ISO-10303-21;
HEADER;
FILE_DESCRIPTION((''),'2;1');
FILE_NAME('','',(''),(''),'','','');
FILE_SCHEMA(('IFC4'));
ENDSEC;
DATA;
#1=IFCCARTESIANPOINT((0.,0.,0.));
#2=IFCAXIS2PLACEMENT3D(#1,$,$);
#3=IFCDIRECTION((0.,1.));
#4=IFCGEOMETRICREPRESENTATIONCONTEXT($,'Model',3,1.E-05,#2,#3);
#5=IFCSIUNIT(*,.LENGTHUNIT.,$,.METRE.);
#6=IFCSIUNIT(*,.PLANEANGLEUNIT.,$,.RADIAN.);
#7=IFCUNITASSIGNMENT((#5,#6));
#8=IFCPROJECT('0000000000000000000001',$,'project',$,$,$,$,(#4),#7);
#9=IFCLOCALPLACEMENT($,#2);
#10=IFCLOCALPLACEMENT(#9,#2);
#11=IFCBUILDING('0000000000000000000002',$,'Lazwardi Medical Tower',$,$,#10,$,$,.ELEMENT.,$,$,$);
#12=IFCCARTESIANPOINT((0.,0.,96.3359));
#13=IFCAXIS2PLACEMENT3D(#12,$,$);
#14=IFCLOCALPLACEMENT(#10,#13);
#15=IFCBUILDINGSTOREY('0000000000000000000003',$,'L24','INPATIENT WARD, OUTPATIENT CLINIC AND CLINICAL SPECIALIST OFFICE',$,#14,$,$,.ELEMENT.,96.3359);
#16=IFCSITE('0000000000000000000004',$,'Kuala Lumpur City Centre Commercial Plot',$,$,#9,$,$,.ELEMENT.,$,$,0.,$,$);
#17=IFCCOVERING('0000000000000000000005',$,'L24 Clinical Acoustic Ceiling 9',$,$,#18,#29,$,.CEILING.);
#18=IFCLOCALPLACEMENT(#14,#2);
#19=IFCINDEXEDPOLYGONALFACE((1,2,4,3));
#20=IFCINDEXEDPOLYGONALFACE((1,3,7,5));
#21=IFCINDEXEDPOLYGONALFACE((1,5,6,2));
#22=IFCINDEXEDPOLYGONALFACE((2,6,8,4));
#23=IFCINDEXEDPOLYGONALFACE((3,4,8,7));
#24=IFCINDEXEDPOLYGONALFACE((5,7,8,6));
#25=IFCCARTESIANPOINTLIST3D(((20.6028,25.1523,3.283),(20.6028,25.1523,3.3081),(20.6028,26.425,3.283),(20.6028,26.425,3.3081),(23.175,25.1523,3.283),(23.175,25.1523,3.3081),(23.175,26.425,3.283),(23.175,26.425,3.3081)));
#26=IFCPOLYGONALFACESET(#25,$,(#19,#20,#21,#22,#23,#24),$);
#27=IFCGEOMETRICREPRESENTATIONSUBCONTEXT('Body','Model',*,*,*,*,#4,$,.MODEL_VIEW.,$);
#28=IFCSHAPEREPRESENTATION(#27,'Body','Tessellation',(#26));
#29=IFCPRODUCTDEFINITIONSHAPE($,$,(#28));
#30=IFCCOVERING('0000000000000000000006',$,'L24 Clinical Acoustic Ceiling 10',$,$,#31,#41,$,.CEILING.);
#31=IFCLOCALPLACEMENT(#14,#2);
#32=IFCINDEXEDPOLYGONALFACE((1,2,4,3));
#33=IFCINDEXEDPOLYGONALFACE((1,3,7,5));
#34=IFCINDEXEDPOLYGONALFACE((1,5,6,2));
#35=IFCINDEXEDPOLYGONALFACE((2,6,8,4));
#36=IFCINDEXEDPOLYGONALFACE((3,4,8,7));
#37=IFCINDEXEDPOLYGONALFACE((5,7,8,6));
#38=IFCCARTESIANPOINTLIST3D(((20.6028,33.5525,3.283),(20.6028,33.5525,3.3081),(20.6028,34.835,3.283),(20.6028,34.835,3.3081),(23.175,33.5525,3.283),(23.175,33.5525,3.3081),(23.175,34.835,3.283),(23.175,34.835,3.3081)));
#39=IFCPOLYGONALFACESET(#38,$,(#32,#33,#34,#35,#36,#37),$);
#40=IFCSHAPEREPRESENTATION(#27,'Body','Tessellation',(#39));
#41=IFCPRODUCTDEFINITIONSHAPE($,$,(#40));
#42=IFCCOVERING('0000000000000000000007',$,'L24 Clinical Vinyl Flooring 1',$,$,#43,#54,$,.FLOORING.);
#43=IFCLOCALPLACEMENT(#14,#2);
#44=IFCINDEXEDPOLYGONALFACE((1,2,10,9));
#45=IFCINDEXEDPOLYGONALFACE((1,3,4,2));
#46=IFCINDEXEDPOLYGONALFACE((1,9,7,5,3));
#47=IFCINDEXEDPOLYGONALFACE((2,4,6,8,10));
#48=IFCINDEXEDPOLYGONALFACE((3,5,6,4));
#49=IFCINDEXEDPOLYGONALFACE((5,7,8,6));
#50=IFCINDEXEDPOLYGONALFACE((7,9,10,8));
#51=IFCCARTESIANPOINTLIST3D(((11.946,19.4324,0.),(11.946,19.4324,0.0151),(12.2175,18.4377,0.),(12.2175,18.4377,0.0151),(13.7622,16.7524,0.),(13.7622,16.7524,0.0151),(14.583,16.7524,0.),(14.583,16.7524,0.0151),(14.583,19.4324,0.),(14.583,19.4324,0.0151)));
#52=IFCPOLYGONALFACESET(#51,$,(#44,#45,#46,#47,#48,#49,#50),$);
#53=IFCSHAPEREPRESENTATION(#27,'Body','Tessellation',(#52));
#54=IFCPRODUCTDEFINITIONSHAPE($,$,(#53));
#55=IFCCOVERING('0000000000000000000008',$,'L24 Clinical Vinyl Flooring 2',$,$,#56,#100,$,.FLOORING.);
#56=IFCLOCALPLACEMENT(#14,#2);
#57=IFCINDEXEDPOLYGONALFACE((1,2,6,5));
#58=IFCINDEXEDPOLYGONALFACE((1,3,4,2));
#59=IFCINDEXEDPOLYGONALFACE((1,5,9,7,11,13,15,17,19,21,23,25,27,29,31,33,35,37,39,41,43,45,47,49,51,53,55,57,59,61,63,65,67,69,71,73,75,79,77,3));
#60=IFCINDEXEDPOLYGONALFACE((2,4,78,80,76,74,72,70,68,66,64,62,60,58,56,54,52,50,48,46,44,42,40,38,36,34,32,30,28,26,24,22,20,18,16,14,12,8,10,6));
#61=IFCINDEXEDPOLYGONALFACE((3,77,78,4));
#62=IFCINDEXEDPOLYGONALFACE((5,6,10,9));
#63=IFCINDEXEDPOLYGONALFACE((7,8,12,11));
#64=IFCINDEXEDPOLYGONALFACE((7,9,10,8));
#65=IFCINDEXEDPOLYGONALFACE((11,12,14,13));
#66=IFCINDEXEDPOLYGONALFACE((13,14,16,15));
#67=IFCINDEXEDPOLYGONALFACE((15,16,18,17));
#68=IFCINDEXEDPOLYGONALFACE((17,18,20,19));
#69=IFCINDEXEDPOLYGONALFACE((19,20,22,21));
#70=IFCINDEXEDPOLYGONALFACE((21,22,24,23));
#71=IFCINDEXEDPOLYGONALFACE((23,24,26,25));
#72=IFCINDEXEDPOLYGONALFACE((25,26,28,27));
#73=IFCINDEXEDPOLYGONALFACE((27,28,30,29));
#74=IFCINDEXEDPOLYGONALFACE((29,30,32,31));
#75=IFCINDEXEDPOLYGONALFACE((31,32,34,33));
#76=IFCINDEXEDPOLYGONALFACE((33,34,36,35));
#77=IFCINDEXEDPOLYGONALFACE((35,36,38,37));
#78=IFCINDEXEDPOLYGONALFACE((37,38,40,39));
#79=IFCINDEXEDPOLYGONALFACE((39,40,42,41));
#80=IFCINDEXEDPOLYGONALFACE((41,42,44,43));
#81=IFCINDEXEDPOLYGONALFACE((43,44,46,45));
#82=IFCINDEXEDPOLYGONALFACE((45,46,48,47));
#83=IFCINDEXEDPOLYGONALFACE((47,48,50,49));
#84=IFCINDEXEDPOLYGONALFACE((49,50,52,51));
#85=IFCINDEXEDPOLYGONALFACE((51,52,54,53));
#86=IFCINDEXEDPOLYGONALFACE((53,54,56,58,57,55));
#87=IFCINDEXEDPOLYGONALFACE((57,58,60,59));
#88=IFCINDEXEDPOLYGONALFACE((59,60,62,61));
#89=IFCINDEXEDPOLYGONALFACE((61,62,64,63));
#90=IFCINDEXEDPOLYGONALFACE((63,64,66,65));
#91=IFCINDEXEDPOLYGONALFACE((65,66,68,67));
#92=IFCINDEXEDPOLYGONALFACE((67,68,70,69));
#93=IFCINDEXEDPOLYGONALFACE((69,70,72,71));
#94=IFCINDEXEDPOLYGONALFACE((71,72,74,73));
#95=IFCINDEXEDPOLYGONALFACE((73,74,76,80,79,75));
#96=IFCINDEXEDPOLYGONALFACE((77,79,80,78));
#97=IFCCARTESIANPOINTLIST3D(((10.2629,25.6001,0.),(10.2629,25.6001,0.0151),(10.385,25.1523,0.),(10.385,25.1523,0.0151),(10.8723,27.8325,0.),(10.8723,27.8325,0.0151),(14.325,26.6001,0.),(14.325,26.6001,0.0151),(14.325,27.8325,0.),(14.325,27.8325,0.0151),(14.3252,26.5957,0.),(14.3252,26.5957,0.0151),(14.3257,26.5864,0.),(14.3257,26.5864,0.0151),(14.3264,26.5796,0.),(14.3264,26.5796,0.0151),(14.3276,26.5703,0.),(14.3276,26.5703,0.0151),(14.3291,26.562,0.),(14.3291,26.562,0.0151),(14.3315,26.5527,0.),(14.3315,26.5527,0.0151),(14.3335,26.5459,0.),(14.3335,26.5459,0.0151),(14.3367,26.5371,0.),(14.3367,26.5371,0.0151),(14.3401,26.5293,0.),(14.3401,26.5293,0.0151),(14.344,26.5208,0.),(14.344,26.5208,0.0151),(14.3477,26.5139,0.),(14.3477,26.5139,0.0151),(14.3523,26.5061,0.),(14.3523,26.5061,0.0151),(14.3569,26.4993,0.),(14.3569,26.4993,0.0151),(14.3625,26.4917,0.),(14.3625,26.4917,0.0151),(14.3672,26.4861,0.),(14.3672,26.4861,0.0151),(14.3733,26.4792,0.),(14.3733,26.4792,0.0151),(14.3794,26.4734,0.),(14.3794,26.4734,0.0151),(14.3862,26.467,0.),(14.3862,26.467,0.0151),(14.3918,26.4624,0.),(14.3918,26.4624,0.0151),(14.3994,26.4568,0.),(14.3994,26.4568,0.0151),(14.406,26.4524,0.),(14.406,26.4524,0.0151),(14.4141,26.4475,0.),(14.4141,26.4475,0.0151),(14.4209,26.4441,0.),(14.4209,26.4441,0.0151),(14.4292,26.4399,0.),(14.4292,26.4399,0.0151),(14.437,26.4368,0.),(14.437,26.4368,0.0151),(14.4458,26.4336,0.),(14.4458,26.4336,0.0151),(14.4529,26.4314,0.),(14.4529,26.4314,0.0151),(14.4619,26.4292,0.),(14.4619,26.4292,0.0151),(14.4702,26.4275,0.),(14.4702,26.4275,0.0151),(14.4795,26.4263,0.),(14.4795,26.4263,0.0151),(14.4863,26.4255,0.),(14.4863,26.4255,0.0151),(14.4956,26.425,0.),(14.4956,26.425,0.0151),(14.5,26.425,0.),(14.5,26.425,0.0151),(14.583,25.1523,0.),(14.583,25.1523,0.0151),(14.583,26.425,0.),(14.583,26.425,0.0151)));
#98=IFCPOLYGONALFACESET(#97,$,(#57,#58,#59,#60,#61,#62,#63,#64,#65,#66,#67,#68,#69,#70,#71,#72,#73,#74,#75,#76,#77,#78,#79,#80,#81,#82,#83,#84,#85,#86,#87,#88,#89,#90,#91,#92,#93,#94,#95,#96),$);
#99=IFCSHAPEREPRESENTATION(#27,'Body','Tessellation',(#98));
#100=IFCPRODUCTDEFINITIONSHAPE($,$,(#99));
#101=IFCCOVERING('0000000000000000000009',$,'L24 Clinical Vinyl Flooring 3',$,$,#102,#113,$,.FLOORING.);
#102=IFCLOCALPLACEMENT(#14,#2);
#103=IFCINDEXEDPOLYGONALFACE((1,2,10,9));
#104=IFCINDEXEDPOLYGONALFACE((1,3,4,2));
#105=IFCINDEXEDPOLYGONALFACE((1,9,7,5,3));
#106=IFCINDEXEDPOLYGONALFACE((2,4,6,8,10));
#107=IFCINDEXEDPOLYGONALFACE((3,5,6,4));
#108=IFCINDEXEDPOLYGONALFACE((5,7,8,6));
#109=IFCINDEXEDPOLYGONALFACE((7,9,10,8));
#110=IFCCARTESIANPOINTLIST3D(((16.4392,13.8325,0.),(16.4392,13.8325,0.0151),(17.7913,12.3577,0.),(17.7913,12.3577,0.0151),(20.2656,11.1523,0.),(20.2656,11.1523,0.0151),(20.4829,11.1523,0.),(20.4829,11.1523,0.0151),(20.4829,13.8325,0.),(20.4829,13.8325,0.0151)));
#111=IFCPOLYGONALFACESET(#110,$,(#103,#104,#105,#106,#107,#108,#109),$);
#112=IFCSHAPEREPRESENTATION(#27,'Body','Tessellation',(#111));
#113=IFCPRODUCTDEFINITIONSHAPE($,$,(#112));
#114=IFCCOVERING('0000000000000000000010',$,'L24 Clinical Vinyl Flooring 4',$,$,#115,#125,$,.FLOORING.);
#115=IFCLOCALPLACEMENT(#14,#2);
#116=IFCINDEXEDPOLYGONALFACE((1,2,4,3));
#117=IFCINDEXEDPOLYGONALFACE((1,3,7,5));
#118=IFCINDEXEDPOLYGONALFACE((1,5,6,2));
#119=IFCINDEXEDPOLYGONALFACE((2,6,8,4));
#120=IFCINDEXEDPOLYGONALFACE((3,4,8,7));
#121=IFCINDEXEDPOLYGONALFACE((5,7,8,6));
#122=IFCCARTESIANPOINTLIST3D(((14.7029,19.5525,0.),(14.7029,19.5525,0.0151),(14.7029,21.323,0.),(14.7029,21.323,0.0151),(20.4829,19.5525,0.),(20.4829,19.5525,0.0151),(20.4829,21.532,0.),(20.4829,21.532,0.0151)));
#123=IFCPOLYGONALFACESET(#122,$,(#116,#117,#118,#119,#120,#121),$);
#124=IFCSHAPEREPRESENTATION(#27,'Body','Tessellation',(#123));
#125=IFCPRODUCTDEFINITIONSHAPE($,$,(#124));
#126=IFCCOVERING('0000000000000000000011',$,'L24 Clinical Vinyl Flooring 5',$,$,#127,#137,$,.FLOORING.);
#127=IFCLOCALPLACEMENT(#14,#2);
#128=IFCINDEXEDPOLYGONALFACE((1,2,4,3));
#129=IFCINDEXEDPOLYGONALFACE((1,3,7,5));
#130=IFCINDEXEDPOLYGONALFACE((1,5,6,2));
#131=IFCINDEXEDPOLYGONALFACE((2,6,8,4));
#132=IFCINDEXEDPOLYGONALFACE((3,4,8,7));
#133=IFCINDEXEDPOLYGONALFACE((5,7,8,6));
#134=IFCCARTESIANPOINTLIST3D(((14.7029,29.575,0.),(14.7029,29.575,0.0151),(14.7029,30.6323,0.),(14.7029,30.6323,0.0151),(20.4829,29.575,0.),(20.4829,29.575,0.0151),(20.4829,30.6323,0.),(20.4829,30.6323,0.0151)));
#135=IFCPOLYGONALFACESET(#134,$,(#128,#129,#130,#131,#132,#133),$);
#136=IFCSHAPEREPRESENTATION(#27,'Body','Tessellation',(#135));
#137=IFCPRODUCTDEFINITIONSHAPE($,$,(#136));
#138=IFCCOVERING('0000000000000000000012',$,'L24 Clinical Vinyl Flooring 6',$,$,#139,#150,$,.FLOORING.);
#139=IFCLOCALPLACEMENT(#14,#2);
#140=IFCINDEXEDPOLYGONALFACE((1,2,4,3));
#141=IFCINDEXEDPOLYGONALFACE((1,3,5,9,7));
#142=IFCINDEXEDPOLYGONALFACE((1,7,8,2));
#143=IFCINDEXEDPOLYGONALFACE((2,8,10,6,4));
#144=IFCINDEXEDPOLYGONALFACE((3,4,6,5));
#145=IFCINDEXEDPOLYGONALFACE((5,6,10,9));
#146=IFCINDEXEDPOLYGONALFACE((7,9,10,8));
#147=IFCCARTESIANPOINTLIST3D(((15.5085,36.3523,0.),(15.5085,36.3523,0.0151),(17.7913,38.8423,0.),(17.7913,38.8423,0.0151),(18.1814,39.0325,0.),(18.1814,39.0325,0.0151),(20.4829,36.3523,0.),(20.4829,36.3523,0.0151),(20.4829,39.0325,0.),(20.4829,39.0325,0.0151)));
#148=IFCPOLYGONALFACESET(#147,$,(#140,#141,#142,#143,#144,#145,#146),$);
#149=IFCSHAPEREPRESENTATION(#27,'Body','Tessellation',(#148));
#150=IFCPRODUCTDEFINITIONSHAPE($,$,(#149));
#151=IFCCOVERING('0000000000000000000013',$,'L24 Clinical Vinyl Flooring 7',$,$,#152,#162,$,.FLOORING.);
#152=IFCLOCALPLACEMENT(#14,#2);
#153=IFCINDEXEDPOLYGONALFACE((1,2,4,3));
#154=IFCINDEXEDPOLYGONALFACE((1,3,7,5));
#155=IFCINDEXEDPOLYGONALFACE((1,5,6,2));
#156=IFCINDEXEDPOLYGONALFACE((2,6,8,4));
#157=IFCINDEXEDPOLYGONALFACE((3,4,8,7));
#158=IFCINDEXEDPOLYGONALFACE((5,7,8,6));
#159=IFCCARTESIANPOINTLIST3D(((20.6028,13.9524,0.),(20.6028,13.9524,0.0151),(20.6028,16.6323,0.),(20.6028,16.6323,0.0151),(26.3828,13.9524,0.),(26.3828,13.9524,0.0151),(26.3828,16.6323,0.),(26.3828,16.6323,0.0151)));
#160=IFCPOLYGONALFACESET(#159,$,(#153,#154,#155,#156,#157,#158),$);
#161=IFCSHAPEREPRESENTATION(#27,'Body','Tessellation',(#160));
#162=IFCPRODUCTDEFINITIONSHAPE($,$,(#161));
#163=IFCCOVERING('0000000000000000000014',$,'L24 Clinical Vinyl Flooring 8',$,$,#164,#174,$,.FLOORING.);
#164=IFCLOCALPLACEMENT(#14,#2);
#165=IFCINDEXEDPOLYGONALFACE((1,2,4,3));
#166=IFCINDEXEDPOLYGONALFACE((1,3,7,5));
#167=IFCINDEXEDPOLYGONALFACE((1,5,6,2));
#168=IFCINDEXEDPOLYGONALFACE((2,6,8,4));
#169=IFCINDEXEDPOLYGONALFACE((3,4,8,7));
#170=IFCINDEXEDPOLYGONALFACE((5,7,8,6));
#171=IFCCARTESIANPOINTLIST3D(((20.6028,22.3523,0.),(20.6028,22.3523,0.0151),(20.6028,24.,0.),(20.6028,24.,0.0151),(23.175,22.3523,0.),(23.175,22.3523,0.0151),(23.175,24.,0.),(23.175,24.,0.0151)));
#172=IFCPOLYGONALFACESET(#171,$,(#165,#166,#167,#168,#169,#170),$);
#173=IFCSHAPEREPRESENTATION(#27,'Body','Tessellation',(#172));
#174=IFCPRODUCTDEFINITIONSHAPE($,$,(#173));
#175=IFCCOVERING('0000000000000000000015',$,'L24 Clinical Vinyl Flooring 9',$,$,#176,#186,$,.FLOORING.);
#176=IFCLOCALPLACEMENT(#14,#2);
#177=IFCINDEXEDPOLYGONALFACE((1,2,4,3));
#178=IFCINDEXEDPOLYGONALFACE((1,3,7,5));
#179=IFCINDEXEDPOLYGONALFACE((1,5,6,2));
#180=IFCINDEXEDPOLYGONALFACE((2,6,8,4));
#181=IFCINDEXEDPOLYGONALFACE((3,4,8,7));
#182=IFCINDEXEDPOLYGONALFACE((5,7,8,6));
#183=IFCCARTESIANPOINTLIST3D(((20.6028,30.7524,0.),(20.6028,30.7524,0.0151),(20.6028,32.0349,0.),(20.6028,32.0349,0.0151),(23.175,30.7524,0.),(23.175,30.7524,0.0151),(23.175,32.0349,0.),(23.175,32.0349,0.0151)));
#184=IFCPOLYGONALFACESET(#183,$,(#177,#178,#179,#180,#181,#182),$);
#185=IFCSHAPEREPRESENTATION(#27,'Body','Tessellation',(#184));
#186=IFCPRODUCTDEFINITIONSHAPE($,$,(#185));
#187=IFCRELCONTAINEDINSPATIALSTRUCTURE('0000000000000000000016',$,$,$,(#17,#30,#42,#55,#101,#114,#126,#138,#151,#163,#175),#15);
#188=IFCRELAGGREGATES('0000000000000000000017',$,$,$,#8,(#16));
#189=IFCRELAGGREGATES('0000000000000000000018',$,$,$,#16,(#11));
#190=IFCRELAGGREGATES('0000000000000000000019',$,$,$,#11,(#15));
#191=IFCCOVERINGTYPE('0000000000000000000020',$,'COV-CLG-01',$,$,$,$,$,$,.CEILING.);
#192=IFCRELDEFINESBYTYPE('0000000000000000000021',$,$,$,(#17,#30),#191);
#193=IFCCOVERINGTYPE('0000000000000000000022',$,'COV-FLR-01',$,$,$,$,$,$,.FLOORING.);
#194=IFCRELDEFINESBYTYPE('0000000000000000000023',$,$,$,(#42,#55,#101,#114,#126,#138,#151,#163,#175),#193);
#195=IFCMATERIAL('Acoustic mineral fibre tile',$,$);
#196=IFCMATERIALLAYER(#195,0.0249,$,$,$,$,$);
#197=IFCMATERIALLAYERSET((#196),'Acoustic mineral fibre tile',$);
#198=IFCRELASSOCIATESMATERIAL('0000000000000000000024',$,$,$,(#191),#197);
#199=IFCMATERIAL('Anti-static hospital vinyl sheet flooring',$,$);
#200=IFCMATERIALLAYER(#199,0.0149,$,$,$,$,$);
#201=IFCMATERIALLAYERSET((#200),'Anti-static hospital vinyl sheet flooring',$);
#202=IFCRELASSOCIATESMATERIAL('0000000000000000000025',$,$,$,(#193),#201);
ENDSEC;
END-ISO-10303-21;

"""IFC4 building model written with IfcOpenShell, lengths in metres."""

from ifc_helpers import new_model, si_unit, direction, frame, origin, place, context, subcontext, project, spatial, polyline, outline, extrude, material, layer, layer_set, type_object, element, save


model = new_model("IFC4")

# Units and contexts
model_context = context("Model", 3, precision=1e-05, world=origin(), true_north=direction((0.0, 1.0)))
body_context = subcontext(model_context, "Body", "Model", "MODEL_VIEW")
ifc_project = project(units=[si_unit("LENGTHUNIT", "METRE"), si_unit("PLANEANGLEUNIT", "RADIAN")], contexts=[model_context])

# Site, building, storey
site_placement = place(None, origin())
site = spatial("IfcSite", under=ifc_project, at=site_placement, Name="Kuala Lumpur City Centre Commercial Plot", CompositionType="ELEMENT", RefElevation=0.0)
building_placement = place(site_placement, origin())
building = spatial("IfcBuilding", under=site, at=building_placement, Name="Lazwardi Medical Tower", CompositionType="ELEMENT")
storey_placement = place(building_placement, frame((0.0, 0.0, 96.3359)))
storey = spatial("IfcBuildingStorey", under=building, at=storey_placement, Name="L24", Description="INPATIENT WARD, OUTPATIENT CLINIC AND CLINICAL SPECIALIST OFFICE", CompositionType="ELEMENT", Elevation=96.3359)

# Coverings
ifc_material_1 = material(Name="Acoustic mineral fibre tile")
ifc_layer_1 = layer(ifc_material_1, 0.0249)
ifc_layer_set_1 = layer_set([ifc_layer_1], Name="Acoustic mineral fibre tile")
covering_type_1 = type_object("IfcCoveringType", Name="COV-CLG-01", PredefinedType="CEILING", material=ifc_layer_set_1)
covering_1_placement = place(storey_placement, frame((0.0, 0.0, 3.283)))
element("IfcCovering", 1, at=covering_1_placement, inside=storey, type_object=covering_type_1, Name="L24 Clinical Acoustic Ceiling 9", PredefinedType="CEILING", context=body_context, shape_type="SweptSolid", body=[
    extrude(outline(polyline([(23.175, 25.1523), (23.175, 26.425), (20.6028, 26.425), (20.6028, 25.1523), (23.175, 25.1523)])), origin(), (0.0, 0.0, 1.0), 0.0251),
])
covering_2_placement = place(storey_placement, frame((0.0, 0.0, 3.283)))
element("IfcCovering", 2, at=covering_2_placement, inside=storey, type_object=covering_type_1, Name="L24 Clinical Acoustic Ceiling 10", PredefinedType="CEILING", context=body_context, shape_type="SweptSolid", body=[
    extrude(outline(polyline([(23.175, 33.5525), (23.175, 34.835), (20.6028, 34.835), (20.6028, 33.5525), (23.175, 33.5525)])), origin(), (0.0, 0.0, 1.0), 0.0251),
])
ifc_material_2 = material(Name="Anti-static hospital vinyl sheet flooring")
ifc_layer_2 = layer(ifc_material_2, 0.0149)
ifc_layer_set_2 = layer_set([ifc_layer_2], Name="Anti-static hospital vinyl sheet flooring")
covering_type_2 = type_object("IfcCoveringType", Name="COV-FLR-01", PredefinedType="FLOORING", material=ifc_layer_set_2)
covering_3_placement = place(storey_placement, origin())
element("IfcCovering", 3, at=covering_3_placement, inside=storey, type_object=covering_type_2, Name="L24 Clinical Vinyl Flooring 1", PredefinedType="FLOORING", context=body_context, shape_type="SweptSolid", body=[
    extrude(outline(polyline([(11.946, 19.4324), (12.2175, 18.4377), (13.7622, 16.7524), (14.583, 16.7524), (14.583, 19.4324), (11.946, 19.4324)])), origin(), (0.0, 0.0, 1.0), 0.0151),
])
covering_4_placement = place(storey_placement, origin())
element("IfcCovering", 4, at=covering_4_placement, inside=storey, type_object=covering_type_2, Name="L24 Clinical Vinyl Flooring 2", PredefinedType="FLOORING", context=body_context, shape_type="SweptSolid", body=[
    extrude(outline(polyline([(14.583, 26.425), (14.5, 26.425), (14.4956, 26.425), (14.4863, 26.4255), (14.4795, 26.4263), (14.4702, 26.4275), (14.4619, 26.4292), (14.4529, 26.4314), (14.4458, 26.4336), (14.437, 26.4368), (14.4292, 26.4399), (14.4209, 26.4441), (14.4141, 26.4475), (14.406, 26.4524), (14.3994, 26.4568), (14.3918, 26.4624), (14.3862, 26.467), (14.3794, 26.4734), (14.3733, 26.4792), (14.3672, 26.4861), (14.3625, 26.4917), (14.3569, 26.4993), (14.3523, 26.5061), (14.3477, 26.5139), (14.344, 26.5208), (14.3401, 26.5293), (14.3367, 26.5371), (14.3335, 26.5459), (14.3315, 26.5527), (14.3291, 26.562), (14.3276, 26.5703), (14.3264, 26.5796), (14.3257, 26.5864), (14.3252, 26.5957), (14.325, 26.6001), (14.325, 27.8325), (10.8723, 27.8325), (10.2629, 25.6001), (10.385, 25.1523), (14.583, 25.1523), (14.583, 26.425)])), origin(), (0.0, 0.0, 1.0), 0.0151),
])
covering_5_placement = place(storey_placement, origin())
element("IfcCovering", 5, at=covering_5_placement, inside=storey, type_object=covering_type_2, Name="L24 Clinical Vinyl Flooring 3", PredefinedType="FLOORING", context=body_context, shape_type="SweptSolid", body=[
    extrude(outline(polyline([(16.4392, 13.8325), (17.7913, 12.3577), (20.2656, 11.1523), (20.4829, 11.1523), (20.4829, 13.8325), (16.4392, 13.8325)])), origin(), (0.0, 0.0, 1.0), 0.0151),
])
covering_6_placement = place(storey_placement, origin())
element("IfcCovering", 6, at=covering_6_placement, inside=storey, type_object=covering_type_2, Name="L24 Clinical Vinyl Flooring 4", PredefinedType="FLOORING", context=body_context, shape_type="SweptSolid", body=[
    extrude(outline(polyline([(20.4829, 21.532), (14.7029, 21.323), (14.7029, 19.5525), (20.4829, 19.5525), (20.4829, 21.532)])), origin(), (0.0, 0.0, 1.0), 0.0151),
])
covering_7_placement = place(storey_placement, origin())
element("IfcCovering", 7, at=covering_7_placement, inside=storey, type_object=covering_type_2, Name="L24 Clinical Vinyl Flooring 5", PredefinedType="FLOORING", context=body_context, shape_type="SweptSolid", body=[
    extrude(outline(polyline([(14.7029, 29.575), (20.4829, 29.575), (20.4829, 30.6323), (14.7029, 30.6323), (14.7029, 29.575)])), origin(), (0.0, 0.0, 1.0), 0.0151),
])
covering_8_placement = place(storey_placement, origin())
element("IfcCovering", 8, at=covering_8_placement, inside=storey, type_object=covering_type_2, Name="L24 Clinical Vinyl Flooring 6", PredefinedType="FLOORING", context=body_context, shape_type="SweptSolid", body=[
    extrude(outline(polyline([(18.1814, 39.0325), (17.7913, 38.8423), (15.5085, 36.3523), (20.4829, 36.3523), (20.4829, 39.0325), (18.1814, 39.0325)])), origin(), (0.0, 0.0, 1.0), 0.0151),
])
covering_9_placement = place(storey_placement, origin())
element("IfcCovering", 9, at=covering_9_placement, inside=storey, type_object=covering_type_2, Name="L24 Clinical Vinyl Flooring 7", PredefinedType="FLOORING", context=body_context, shape_type="SweptSolid", body=[
    extrude(outline(polyline([(26.3828, 13.9524), (26.3828, 16.6323), (20.6028, 16.6323), (20.6028, 13.9524), (26.3828, 13.9524)])), origin(), (0.0, 0.0, 1.0), 0.0151),
])
covering_10_placement = place(storey_placement, origin())
element("IfcCovering", 10, at=covering_10_placement, inside=storey, type_object=covering_type_2, Name="L24 Clinical Vinyl Flooring 8", PredefinedType="FLOORING", context=body_context, shape_type="SweptSolid", body=[
    extrude(outline(polyline([(23.175, 22.3523), (23.175, 24.0), (20.6028, 24.0), (20.6028, 22.3523), (23.175, 22.3523)])), origin(), (0.0, 0.0, 1.0), 0.0151),
])
covering_11_placement = place(storey_placement, origin())
element("IfcCovering", 11, at=covering_11_placement, inside=storey, type_object=covering_type_2, Name="L24 Clinical Vinyl Flooring 9", PredefinedType="FLOORING", context=body_context, shape_type="SweptSolid", body=[
    extrude(outline(polyline([(23.175, 30.7524), (23.175, 32.0349), (20.6028, 32.0349), (20.6028, 30.7524), (23.175, 30.7524)])), origin(), (0.0, 0.0, 1.0), 0.0151),
])

save(model, "model.ifc")
